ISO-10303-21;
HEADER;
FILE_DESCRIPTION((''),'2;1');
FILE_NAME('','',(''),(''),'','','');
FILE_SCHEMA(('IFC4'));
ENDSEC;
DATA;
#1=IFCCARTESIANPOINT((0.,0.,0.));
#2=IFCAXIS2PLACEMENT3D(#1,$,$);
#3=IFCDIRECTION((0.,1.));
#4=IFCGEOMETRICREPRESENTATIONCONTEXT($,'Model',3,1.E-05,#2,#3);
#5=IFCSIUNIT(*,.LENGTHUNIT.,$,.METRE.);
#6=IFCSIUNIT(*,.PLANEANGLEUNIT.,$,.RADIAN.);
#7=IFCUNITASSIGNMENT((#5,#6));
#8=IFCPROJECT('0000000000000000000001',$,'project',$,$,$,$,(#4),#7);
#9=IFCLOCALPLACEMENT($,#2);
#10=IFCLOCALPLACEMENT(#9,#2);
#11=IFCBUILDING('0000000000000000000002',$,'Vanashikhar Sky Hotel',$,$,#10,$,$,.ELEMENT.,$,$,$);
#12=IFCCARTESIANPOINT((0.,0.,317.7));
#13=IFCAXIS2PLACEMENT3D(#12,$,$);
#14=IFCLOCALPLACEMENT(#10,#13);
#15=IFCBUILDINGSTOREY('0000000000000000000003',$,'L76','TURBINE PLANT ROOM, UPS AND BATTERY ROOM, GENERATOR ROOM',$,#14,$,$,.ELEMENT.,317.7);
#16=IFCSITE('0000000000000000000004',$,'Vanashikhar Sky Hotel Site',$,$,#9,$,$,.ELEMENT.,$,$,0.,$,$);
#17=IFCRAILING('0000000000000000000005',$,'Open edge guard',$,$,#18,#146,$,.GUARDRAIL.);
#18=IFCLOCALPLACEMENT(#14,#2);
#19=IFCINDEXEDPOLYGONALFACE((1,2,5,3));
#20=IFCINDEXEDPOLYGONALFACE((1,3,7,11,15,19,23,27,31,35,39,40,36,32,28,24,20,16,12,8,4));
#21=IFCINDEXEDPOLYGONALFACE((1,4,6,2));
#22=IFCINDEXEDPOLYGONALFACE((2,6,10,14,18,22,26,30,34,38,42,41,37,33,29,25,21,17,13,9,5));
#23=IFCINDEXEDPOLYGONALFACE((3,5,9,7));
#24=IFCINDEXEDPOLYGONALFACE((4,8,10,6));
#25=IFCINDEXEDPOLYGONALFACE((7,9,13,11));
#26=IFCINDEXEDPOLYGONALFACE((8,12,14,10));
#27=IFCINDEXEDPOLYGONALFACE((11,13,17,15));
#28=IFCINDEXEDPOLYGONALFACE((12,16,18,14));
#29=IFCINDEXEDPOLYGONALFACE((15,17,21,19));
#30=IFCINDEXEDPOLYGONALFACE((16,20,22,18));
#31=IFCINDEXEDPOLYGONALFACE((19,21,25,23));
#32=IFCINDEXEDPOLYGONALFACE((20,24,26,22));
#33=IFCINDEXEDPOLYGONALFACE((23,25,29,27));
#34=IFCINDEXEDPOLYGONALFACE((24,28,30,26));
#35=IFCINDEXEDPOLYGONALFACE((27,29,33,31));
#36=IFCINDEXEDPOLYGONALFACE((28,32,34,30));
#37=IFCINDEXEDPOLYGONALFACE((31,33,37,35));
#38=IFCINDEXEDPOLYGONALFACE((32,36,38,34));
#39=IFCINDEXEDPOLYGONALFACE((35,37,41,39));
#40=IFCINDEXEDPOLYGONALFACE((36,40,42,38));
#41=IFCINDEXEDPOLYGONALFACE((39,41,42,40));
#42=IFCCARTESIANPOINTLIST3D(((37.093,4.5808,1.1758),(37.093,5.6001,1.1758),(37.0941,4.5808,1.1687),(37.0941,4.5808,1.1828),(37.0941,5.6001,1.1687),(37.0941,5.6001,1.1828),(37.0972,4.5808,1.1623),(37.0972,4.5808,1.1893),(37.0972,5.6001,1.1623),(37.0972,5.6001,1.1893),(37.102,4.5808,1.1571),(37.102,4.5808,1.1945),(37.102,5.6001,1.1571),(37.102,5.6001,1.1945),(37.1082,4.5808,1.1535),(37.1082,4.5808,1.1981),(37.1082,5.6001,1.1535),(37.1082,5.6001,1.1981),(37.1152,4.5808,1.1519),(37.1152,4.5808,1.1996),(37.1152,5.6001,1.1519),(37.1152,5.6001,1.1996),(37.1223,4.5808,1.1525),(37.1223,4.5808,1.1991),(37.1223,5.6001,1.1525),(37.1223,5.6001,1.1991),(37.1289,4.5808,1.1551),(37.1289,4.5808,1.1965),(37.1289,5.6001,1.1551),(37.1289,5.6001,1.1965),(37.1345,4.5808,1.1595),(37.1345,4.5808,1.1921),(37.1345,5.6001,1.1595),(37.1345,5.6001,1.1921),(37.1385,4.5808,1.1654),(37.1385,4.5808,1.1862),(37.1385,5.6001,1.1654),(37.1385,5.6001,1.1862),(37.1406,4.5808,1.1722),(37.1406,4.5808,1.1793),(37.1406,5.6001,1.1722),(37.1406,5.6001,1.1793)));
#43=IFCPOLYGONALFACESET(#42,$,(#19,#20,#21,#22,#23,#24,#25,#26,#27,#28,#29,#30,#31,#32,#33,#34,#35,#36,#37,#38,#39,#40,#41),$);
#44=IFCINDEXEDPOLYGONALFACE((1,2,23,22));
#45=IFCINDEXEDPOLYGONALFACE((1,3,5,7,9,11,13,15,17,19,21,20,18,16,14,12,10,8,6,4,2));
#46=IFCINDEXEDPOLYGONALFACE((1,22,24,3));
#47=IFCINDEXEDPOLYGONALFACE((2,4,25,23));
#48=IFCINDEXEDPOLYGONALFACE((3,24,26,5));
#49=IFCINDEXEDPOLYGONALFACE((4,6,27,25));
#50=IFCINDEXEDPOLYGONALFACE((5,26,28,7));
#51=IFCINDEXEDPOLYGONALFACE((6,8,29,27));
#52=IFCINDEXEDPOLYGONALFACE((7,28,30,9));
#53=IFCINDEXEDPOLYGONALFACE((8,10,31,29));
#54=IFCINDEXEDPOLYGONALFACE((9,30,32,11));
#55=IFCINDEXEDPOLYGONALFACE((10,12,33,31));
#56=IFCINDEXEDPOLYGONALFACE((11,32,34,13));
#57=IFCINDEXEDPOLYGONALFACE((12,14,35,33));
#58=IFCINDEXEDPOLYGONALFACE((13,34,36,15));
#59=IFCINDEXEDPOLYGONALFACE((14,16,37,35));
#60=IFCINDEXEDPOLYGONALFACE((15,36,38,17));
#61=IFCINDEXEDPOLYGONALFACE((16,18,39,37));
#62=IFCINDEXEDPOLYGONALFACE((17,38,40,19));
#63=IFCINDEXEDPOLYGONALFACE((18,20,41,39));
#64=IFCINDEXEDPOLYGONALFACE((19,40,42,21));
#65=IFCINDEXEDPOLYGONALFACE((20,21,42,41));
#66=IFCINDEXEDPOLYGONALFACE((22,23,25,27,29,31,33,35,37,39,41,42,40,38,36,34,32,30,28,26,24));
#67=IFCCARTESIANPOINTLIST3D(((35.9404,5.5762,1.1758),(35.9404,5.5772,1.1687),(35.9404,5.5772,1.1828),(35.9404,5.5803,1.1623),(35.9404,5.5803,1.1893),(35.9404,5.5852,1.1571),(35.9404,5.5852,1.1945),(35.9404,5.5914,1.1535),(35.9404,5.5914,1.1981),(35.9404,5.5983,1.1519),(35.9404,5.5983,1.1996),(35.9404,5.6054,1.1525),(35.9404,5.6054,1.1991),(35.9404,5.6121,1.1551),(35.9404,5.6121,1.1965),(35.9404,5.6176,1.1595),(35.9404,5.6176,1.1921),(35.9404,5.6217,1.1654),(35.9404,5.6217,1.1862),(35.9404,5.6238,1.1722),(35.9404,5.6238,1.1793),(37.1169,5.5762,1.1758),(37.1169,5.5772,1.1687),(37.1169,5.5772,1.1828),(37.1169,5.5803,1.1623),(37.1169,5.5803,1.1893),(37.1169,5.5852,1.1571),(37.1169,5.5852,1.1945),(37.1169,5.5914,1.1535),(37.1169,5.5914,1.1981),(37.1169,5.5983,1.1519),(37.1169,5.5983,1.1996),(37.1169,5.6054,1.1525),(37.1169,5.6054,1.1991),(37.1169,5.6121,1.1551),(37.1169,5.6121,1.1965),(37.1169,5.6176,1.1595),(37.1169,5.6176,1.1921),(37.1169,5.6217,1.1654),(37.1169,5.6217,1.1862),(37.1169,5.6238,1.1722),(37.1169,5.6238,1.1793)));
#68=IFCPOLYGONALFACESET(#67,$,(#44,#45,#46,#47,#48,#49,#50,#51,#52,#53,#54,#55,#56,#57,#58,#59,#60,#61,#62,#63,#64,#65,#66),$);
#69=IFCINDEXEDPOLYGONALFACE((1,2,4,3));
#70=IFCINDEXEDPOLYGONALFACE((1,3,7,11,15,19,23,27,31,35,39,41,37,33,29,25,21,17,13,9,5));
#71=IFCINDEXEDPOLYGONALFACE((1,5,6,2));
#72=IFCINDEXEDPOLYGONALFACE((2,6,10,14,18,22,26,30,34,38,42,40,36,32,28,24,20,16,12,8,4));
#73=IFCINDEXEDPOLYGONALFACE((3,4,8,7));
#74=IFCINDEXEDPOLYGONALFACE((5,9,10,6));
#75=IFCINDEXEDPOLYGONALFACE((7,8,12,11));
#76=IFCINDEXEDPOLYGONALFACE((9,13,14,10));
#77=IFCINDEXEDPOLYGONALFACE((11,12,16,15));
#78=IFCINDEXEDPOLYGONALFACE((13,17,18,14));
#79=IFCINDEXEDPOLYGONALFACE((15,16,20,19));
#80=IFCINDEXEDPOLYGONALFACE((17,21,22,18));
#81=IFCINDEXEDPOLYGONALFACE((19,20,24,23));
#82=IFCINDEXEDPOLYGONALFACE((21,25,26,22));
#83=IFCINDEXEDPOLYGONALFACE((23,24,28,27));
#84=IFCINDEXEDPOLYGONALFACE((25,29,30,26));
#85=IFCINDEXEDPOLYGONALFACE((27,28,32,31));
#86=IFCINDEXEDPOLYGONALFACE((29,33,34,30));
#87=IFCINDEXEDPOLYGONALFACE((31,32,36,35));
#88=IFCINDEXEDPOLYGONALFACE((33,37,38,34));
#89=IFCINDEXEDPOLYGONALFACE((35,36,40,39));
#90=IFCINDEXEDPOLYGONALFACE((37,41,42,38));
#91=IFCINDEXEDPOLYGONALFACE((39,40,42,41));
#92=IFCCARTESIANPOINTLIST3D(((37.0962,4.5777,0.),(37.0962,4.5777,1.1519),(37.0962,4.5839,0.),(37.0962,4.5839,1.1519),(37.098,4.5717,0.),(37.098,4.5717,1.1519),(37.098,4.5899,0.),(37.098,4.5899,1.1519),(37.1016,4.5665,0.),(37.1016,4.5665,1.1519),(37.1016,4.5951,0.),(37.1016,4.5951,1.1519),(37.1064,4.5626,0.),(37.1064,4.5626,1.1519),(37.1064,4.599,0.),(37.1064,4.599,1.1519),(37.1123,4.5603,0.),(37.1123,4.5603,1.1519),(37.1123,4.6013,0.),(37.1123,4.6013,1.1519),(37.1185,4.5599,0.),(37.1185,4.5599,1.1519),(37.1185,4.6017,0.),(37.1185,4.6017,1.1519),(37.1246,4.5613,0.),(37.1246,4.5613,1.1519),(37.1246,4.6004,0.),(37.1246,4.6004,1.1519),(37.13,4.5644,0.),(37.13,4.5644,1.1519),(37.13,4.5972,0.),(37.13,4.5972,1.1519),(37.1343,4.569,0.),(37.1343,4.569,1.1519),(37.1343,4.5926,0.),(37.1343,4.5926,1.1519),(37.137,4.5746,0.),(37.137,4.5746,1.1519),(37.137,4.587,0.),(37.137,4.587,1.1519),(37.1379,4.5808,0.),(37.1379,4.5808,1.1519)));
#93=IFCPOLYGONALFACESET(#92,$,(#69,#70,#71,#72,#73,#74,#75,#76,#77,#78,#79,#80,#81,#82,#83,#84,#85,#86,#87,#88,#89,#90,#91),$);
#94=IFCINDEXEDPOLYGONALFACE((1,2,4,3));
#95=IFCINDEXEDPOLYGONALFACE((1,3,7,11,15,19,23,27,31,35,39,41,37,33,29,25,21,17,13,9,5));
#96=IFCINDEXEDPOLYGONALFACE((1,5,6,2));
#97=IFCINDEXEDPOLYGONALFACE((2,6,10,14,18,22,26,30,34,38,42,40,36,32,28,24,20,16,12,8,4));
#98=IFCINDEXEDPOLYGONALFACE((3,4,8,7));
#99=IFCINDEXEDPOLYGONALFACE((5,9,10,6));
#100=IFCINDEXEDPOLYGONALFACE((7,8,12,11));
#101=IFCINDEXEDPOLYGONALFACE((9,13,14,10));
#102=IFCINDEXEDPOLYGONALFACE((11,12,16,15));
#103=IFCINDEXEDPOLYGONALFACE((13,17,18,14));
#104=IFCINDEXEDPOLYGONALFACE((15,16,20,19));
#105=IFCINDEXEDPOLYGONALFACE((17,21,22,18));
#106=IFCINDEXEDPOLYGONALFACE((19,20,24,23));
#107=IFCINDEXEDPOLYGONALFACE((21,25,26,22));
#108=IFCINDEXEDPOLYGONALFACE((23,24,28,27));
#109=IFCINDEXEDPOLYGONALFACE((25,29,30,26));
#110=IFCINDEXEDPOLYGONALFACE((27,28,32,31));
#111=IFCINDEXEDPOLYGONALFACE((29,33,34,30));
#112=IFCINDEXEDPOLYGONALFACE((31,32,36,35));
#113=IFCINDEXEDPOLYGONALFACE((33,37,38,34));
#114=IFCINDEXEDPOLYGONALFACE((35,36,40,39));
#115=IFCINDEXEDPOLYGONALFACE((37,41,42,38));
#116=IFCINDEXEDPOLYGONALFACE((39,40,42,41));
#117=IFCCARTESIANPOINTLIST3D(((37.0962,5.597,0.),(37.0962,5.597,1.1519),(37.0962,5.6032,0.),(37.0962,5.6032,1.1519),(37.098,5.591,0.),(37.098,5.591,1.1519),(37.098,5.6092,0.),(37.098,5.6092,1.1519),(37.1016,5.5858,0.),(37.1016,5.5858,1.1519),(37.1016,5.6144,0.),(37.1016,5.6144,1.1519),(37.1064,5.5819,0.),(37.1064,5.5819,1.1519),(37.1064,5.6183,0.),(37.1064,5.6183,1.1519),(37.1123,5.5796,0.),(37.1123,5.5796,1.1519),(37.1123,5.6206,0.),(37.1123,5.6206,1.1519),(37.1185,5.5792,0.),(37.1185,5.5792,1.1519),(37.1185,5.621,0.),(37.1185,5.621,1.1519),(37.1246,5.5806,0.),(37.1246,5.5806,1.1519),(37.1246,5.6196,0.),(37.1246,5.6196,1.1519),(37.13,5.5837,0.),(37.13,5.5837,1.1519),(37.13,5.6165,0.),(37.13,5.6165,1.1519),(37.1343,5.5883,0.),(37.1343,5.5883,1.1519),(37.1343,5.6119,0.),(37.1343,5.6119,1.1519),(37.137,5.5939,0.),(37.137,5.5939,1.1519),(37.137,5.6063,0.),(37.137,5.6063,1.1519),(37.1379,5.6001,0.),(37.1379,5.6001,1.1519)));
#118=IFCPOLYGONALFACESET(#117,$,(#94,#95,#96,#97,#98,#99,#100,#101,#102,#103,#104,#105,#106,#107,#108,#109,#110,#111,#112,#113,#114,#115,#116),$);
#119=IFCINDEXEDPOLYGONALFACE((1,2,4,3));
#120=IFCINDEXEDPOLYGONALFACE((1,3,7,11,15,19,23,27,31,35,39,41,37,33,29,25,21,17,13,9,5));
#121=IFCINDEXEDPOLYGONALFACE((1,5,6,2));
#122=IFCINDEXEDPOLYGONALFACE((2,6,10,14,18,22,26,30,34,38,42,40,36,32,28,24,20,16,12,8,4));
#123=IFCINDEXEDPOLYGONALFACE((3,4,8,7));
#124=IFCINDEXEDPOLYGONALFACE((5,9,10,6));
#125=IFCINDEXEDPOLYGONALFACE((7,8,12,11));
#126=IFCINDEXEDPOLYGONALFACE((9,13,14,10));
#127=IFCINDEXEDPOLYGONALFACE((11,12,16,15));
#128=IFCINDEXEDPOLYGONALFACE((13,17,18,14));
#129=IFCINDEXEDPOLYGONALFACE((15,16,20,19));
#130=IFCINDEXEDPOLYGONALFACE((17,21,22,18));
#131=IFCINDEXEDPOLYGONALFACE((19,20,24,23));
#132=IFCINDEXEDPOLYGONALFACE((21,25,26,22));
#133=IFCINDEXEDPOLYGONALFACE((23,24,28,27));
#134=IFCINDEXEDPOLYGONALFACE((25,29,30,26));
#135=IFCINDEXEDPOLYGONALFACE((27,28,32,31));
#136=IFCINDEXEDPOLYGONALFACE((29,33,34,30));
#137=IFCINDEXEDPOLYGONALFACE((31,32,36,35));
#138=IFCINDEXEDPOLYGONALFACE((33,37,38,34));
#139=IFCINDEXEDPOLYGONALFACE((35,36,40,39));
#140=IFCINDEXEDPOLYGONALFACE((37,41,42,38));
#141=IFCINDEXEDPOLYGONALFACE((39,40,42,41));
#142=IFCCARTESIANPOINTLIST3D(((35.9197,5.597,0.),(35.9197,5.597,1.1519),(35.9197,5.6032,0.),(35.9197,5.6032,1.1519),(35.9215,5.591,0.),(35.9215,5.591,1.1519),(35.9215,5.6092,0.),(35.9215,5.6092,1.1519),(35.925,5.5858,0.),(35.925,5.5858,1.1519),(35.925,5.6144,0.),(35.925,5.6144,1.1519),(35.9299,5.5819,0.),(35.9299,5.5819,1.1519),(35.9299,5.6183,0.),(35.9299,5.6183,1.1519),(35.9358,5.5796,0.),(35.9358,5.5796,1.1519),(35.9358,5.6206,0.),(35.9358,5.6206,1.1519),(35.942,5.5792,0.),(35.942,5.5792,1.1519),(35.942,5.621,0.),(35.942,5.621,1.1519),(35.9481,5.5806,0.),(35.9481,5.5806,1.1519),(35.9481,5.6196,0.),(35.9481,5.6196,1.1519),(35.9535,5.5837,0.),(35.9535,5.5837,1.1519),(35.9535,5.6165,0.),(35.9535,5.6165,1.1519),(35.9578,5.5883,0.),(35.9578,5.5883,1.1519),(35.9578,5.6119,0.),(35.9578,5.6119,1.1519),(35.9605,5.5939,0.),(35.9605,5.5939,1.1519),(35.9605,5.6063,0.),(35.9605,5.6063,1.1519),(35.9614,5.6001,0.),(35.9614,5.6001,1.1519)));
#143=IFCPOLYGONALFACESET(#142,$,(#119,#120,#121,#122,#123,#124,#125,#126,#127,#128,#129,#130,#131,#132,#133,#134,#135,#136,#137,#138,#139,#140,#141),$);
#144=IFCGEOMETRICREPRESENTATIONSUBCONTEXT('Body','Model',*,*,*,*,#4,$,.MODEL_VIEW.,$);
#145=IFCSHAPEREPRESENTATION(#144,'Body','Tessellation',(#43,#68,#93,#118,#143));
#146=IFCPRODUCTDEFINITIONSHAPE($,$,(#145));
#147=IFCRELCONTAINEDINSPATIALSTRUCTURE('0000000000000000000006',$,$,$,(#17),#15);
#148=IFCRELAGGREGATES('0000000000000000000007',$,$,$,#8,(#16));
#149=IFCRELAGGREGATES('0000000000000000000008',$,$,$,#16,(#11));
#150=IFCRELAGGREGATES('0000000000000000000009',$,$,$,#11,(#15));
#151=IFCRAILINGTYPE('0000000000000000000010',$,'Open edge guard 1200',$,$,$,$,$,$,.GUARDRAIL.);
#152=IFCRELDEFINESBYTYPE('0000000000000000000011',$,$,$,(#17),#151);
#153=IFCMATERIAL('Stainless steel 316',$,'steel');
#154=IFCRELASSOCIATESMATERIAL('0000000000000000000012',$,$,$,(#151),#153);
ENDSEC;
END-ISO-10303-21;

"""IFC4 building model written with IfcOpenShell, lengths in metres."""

from ifc_helpers import new_model, si_unit, direction, frame, origin, origin_2d, place, context, subcontext, project, spatial, circle, extrude, source, transform, mapped, material, type_object, element, save


model = new_model("IFC4")

# Units and contexts
model_context = context("Model", 3, precision=1e-05, world=origin(), true_north=direction((0.0, 1.0)))
body_context = subcontext(model_context, "Body", "Model", "MODEL_VIEW")
ifc_project = project(units=[si_unit("LENGTHUNIT", "METRE"), si_unit("PLANEANGLEUNIT", "RADIAN")], contexts=[model_context])

# Site, building, storey
site_placement = place(None, origin())
site = spatial("IfcSite", under=ifc_project, at=site_placement, Name="Vanashikhar Sky Hotel Site", CompositionType="ELEMENT", RefElevation=0.0)
building_placement = place(site_placement, origin())
building = spatial("IfcBuilding", under=site, at=building_placement, Name="Vanashikhar Sky Hotel", CompositionType="ELEMENT")
storey_placement = place(building_placement, frame((0.0, 0.0, 317.7)))
storey = spatial("IfcBuildingStorey", under=building, at=storey_placement, Name="L76", Description="TURBINE PLANT ROOM, UPS AND BATTERY ROOM, GENERATOR ROOM", CompositionType="ELEMENT", Elevation=317.7)

# Railing
ifc_material_1 = material(Name="Stainless steel 316", Category="steel")
railing_type = type_object("IfcRailingType", Name="Open edge guard 1200", PredefinedType="GUARDRAIL", material=ifc_material_1)
shared_shape_1 = source(origin(), body_context, "Body", "SweptSolid", [
    extrude(circle(Radius=0.0239, at=origin_2d()), frame((0.0, 0.0, 1.1758), z_axis=(0.0, 1.0, 0.0), x_axis=(-1.0, 0.0, 0.0)), (0.0, 0.0, 1.0), 1.0193),
    extrude(circle(Radius=0.0239, at=origin_2d()), frame((0.0, 1.0193, 1.1758), z_axis=(-1.0, 0.0, 0.0), x_axis=(0.0, -1.0, 0.0)), (0.0, 0.0, 1.0), 1.1765),
    extrude(circle(Radius=0.021, at=origin_2d()), origin(), (0.0, 0.0, 1.0), 1.1519),
    extrude(circle(Radius=0.021, at=origin_2d()), frame((0.0, 1.0193, 0.0)), (0.0, 0.0, 1.0), 1.1519),
    extrude(circle(Radius=0.021, at=origin_2d()), frame((-1.1765, 1.0193, 0.0)), (0.0, 0.0, 1.0), 1.1519),
])
railing_1_placement = place(storey_placement, frame((37.1169, 4.5808, 0.0)))
element("IfcRailing", 1, at=railing_1_placement, inside=storey, type_object=railing_type, Name="Open edge guard", PredefinedType="GUARDRAIL", context=body_context, shape_type="MappedRepresentation", body=[
    mapped(shared_shape_1, transform((0.0, 0.0, 0.0), scale=1.0)),
])

save(model, "model.ifc")
